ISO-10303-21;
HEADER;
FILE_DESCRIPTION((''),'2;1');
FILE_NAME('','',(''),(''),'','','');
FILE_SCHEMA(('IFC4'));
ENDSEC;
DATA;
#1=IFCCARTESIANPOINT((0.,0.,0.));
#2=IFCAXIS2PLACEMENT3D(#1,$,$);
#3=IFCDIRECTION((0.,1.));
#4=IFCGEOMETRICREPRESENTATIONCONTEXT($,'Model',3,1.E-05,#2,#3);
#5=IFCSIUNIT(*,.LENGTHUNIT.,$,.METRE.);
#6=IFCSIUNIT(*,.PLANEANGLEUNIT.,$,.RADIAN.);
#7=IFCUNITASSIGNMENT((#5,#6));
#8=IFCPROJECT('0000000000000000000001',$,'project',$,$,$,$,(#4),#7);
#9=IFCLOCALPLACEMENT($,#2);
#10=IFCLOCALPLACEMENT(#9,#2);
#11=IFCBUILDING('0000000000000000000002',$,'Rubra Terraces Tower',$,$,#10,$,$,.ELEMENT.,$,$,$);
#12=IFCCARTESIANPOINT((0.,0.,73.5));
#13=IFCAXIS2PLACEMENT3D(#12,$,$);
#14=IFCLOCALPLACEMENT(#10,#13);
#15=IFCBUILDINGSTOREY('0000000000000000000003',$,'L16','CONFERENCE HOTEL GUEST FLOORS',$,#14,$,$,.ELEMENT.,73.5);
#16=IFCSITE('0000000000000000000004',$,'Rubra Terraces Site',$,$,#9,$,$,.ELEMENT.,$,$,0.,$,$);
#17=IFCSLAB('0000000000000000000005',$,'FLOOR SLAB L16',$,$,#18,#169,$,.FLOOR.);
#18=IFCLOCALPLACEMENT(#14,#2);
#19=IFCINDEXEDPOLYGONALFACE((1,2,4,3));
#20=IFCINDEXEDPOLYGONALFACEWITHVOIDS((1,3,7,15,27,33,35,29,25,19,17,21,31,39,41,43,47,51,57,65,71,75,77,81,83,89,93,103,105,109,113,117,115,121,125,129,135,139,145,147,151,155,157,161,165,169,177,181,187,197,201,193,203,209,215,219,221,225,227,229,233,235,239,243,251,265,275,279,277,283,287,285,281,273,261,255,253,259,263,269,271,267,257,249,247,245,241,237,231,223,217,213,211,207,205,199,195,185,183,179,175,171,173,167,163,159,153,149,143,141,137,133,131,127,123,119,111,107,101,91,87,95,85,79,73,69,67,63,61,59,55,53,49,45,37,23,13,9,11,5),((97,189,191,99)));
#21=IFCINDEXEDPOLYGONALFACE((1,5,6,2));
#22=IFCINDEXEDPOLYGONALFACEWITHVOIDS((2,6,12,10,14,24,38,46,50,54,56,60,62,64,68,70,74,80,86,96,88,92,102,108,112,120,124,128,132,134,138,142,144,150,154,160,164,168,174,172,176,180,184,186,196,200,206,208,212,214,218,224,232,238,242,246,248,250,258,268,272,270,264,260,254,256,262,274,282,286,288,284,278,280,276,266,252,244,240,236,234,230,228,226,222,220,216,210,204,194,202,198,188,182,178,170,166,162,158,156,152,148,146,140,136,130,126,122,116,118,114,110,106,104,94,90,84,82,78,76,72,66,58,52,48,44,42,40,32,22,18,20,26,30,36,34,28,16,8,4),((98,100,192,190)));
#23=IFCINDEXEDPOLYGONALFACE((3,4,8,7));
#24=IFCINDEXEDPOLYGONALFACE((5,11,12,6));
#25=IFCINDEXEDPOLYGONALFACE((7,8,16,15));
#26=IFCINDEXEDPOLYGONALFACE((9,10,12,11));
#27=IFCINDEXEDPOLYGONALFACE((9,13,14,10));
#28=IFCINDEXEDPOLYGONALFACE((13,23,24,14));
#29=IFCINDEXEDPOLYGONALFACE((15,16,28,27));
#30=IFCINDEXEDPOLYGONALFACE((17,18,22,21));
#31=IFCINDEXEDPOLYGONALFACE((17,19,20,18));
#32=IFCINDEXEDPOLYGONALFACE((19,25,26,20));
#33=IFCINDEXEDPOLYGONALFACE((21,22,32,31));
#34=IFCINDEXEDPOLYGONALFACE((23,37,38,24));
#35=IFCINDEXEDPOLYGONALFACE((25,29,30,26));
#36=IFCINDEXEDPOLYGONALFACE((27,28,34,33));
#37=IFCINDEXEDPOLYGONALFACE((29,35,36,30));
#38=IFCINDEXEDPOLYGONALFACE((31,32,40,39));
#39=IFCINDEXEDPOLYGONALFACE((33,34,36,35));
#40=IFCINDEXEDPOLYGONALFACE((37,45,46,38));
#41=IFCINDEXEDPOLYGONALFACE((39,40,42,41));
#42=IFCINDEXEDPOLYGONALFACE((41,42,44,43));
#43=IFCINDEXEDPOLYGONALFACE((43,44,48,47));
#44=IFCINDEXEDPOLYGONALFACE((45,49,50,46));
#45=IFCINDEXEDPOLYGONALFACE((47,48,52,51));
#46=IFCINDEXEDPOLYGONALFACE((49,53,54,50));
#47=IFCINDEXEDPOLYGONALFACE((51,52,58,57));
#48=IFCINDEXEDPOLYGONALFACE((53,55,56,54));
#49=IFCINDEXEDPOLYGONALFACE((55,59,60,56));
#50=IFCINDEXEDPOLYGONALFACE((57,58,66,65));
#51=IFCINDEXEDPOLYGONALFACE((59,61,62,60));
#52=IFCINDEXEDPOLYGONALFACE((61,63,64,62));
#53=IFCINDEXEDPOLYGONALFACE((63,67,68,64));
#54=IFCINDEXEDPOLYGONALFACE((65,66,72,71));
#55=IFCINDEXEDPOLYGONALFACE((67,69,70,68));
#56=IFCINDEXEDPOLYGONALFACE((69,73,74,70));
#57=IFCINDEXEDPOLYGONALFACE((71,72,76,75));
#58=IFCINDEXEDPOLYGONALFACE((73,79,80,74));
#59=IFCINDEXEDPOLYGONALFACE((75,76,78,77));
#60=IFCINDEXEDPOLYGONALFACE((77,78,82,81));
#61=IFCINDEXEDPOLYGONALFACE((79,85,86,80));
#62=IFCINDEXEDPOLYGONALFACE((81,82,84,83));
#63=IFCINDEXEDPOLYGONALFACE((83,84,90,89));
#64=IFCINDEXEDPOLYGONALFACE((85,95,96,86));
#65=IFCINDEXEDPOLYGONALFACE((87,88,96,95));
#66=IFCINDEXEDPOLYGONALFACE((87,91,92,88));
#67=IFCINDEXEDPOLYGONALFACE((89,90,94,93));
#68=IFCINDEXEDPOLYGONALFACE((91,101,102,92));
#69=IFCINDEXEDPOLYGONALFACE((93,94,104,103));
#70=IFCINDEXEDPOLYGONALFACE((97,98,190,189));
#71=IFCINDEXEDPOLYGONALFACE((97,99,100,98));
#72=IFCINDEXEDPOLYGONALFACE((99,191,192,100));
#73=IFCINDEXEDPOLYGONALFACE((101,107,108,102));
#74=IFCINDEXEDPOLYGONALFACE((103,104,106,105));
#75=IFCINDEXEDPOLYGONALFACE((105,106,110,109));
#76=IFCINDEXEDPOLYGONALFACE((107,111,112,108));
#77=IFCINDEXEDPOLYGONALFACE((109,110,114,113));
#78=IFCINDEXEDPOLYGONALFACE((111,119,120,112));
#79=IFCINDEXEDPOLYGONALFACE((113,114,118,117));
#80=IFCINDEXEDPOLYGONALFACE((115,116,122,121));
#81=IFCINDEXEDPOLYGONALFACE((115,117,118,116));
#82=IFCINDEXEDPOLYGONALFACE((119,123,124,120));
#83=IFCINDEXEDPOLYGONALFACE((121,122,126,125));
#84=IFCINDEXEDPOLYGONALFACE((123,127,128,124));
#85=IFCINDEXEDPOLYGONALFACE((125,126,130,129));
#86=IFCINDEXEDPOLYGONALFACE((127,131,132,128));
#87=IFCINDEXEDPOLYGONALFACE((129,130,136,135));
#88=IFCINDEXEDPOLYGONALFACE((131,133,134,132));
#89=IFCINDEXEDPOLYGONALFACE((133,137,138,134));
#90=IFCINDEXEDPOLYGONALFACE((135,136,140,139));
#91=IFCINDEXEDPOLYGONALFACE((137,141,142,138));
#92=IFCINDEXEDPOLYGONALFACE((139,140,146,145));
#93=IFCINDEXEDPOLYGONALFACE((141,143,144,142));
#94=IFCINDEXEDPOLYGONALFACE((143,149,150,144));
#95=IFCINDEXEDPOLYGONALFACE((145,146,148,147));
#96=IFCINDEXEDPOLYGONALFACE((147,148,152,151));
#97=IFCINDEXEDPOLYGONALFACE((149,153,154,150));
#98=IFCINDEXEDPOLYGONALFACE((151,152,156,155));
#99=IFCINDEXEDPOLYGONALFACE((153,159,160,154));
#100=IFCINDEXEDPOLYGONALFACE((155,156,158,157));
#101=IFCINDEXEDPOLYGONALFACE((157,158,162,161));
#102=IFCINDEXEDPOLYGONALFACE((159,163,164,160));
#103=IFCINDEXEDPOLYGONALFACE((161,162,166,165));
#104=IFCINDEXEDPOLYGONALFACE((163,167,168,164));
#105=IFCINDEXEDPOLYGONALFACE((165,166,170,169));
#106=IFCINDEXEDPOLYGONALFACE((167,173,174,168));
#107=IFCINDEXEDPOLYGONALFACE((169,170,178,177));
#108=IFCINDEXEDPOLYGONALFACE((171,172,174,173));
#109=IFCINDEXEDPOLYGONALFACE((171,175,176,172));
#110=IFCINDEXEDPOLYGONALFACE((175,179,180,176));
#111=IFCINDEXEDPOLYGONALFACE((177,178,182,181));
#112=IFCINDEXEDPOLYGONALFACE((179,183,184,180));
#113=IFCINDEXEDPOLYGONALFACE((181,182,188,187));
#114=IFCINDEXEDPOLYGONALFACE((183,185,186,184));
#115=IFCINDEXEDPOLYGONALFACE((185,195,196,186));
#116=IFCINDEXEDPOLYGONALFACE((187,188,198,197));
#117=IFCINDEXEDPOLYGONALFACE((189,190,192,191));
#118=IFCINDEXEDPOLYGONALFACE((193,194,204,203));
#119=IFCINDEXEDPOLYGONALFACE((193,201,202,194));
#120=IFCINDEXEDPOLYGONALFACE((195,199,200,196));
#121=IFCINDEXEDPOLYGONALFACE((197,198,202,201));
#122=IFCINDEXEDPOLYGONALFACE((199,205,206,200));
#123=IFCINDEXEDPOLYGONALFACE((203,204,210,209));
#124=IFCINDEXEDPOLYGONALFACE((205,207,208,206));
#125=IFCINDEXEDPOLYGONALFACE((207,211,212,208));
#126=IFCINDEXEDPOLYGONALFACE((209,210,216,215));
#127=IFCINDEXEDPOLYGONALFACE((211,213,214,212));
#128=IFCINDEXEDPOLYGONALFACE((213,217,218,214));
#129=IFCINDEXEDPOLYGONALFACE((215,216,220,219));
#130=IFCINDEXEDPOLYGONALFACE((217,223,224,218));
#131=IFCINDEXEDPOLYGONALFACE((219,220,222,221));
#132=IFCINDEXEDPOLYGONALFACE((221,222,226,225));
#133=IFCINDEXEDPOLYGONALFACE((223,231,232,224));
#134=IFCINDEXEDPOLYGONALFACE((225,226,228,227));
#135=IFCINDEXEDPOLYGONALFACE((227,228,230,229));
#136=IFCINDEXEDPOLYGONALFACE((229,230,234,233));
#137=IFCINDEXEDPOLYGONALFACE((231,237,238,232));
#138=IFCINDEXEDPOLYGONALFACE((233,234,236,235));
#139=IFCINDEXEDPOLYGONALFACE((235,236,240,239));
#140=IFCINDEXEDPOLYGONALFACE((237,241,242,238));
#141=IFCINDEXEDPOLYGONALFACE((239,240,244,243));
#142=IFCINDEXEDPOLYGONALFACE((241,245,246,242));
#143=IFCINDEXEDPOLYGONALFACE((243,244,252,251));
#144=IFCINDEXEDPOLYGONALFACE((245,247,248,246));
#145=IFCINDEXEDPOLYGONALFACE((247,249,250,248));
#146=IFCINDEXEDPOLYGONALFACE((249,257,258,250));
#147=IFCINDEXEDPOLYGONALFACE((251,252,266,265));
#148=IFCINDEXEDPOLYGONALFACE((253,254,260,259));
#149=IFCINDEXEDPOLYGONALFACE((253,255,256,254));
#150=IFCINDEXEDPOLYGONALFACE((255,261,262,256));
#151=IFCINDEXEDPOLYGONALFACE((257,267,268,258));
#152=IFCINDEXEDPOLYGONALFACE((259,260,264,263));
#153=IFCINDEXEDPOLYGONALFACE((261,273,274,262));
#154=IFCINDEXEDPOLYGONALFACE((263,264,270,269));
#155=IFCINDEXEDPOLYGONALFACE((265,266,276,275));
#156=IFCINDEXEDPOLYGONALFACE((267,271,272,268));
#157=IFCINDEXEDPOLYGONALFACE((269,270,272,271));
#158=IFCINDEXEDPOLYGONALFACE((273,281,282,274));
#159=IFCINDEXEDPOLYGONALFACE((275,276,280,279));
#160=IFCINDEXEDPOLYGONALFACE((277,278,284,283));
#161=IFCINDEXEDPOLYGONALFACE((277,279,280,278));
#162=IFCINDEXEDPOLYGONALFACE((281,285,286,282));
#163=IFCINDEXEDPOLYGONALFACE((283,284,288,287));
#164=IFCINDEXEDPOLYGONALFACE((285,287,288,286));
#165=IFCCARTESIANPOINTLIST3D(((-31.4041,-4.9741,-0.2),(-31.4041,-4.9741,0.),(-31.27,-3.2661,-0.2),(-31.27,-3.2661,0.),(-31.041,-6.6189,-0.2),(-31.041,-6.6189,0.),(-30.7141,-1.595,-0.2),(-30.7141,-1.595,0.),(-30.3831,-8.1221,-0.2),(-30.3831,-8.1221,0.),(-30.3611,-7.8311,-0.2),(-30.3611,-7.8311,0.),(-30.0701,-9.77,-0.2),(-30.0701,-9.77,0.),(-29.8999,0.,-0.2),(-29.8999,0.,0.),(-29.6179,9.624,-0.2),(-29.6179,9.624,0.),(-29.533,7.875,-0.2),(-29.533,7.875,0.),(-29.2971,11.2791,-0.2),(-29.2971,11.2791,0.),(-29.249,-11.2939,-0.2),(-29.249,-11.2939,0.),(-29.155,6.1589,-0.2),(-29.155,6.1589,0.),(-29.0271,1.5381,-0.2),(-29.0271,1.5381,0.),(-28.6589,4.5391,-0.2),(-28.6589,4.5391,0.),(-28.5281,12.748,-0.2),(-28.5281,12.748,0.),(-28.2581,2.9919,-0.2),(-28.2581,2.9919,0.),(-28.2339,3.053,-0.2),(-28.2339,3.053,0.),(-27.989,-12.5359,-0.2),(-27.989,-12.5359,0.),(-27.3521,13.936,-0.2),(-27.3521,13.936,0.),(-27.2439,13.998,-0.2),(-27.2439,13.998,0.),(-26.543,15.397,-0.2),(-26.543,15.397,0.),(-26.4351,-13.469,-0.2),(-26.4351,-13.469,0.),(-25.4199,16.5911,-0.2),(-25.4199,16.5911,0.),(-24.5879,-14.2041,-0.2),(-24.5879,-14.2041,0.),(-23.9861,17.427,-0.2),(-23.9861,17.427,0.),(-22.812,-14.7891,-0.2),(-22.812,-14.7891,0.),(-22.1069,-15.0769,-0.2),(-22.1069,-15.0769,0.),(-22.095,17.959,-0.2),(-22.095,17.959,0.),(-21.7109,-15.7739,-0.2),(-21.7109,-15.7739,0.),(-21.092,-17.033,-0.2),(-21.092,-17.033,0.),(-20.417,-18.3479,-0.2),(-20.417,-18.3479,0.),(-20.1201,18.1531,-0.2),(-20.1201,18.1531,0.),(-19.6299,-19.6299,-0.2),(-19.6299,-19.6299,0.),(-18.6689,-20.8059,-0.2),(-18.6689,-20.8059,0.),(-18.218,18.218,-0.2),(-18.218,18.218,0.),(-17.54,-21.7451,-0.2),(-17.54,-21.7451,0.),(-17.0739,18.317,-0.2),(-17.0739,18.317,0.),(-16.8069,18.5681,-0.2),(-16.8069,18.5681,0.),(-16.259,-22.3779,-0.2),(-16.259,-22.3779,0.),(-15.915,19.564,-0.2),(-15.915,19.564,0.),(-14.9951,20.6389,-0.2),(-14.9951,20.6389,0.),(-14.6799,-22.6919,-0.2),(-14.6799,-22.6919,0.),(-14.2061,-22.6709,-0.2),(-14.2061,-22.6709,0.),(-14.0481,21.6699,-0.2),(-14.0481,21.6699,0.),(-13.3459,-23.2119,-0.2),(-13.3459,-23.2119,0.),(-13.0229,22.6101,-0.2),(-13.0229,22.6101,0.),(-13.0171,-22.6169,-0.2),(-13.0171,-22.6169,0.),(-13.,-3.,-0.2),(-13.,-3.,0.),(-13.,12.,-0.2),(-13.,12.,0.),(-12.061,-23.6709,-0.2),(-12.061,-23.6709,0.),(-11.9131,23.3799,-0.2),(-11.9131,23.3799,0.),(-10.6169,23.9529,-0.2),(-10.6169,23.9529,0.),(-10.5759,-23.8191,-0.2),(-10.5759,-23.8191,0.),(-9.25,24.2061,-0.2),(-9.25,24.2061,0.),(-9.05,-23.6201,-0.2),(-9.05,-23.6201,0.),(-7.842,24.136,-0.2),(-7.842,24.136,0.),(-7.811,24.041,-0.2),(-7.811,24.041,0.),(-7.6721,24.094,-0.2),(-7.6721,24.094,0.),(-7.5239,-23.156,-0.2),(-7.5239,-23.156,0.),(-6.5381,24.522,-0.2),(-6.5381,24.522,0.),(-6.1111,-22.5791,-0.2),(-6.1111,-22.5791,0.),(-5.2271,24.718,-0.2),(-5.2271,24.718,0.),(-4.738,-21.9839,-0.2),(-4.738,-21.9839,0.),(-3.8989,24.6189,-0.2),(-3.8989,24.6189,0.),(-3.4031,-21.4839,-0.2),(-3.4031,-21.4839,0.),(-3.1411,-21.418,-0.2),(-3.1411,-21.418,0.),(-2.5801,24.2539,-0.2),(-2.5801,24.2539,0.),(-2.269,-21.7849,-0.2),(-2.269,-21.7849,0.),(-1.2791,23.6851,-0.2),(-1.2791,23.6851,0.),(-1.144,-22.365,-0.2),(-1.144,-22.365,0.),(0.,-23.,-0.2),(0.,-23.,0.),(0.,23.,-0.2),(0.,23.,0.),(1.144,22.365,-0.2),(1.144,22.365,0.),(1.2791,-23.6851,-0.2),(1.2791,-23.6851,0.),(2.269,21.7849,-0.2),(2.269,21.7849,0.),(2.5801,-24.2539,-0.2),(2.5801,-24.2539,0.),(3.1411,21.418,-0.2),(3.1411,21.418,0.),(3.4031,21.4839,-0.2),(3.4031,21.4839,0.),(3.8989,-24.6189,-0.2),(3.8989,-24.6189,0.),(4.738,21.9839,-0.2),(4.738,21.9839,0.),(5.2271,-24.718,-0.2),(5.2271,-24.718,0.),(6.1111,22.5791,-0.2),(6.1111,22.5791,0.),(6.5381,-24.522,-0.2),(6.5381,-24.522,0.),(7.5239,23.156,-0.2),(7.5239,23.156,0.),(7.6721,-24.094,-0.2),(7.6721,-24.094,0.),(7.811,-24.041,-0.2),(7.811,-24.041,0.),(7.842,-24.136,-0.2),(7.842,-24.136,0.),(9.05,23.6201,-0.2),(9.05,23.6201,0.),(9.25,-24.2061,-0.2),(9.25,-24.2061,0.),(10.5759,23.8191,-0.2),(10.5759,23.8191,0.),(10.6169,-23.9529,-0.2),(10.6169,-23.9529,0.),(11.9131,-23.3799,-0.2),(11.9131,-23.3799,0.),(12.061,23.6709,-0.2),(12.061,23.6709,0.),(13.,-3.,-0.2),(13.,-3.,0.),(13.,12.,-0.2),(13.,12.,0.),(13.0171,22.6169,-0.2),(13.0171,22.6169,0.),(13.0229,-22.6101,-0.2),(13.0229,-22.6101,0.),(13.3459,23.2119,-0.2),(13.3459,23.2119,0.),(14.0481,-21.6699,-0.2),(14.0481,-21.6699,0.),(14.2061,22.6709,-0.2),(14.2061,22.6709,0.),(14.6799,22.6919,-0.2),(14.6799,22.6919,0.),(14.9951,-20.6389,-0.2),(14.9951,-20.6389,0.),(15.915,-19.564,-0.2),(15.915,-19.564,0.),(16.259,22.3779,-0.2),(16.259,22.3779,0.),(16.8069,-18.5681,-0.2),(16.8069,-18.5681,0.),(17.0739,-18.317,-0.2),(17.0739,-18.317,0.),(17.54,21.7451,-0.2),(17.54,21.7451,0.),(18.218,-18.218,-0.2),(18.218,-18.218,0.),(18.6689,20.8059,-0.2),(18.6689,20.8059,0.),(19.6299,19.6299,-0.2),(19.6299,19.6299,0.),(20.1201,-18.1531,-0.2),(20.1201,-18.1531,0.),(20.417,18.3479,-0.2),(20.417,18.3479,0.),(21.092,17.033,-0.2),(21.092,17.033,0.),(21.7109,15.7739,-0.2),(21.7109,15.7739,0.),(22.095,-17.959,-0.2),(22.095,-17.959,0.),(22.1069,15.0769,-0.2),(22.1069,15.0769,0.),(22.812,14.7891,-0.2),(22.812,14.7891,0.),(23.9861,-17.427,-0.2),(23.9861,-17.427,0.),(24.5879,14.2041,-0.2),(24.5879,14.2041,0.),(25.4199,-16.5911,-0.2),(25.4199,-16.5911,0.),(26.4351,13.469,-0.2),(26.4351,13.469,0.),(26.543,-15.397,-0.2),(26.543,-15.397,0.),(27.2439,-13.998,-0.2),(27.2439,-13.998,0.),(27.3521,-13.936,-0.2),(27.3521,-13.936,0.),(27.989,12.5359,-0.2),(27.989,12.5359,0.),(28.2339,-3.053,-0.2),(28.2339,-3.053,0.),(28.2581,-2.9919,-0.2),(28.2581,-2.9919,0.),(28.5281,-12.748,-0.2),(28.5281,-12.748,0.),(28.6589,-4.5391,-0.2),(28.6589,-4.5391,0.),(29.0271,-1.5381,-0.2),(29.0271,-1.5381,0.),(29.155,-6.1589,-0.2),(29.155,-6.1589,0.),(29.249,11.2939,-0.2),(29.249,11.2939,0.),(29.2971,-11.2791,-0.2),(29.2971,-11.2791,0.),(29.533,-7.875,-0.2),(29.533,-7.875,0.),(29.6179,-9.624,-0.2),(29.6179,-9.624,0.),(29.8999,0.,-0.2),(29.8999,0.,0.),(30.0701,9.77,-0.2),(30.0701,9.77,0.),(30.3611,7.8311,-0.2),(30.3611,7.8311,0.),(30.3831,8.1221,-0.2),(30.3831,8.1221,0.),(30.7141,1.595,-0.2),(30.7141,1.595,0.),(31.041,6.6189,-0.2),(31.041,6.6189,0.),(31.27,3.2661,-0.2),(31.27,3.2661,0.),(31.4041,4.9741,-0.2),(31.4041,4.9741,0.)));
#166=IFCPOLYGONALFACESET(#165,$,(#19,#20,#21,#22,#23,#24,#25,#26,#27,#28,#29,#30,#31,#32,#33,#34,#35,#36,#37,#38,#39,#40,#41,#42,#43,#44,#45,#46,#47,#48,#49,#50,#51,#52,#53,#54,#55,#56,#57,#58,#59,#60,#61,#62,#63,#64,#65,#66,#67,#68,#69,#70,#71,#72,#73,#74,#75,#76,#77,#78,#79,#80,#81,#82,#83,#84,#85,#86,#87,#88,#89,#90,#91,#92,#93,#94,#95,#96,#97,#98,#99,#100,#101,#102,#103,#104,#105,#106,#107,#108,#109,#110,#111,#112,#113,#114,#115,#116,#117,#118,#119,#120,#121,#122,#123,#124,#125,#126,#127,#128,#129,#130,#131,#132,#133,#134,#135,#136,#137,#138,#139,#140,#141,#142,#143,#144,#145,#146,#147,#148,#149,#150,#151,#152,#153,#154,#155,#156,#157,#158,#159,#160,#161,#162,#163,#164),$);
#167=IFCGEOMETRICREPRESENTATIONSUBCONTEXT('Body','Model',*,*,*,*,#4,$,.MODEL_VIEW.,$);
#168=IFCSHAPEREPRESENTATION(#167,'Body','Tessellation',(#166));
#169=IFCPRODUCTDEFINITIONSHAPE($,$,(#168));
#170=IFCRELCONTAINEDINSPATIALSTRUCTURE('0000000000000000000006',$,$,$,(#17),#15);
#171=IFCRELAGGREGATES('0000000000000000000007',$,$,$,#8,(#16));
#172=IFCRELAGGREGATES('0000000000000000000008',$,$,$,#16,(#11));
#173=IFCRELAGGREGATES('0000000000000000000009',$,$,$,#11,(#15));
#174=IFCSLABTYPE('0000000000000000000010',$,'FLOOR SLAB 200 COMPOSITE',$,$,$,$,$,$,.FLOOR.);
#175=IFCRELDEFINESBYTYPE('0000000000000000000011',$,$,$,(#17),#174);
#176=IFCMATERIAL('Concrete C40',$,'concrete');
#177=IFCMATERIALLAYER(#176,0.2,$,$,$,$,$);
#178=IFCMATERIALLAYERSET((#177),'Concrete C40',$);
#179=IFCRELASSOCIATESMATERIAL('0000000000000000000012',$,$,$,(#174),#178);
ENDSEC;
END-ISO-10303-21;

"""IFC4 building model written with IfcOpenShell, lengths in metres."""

from ifc_helpers import new_model, si_unit, direction, frame, origin, place, context, subcontext, project, spatial, polyline, outline, extrude, material, layer, layer_set, type_object, element, save


model = new_model("IFC4")

# Units and contexts
model_context = context("Model", 3, precision=1e-05, world=origin(), true_north=direction((0.0, 1.0)))
body_context = subcontext(model_context, "Body", "Model", "MODEL_VIEW")
ifc_project = project(units=[si_unit("LENGTHUNIT", "METRE"), si_unit("PLANEANGLEUNIT", "RADIAN")], contexts=[model_context])

# Site, building, storey
site_placement = place(None, origin())
site = spatial("IfcSite", under=ifc_project, at=site_placement, Name="Rubra Terraces Site", CompositionType="ELEMENT", RefElevation=0.0)
building_placement = place(site_placement, origin())
building = spatial("IfcBuilding", under=site, at=building_placement, Name="Rubra Terraces Tower", CompositionType="ELEMENT")
storey_placement = place(building_placement, frame((0.0, 0.0, 73.5)))
storey = spatial("IfcBuildingStorey", under=building, at=storey_placement, Name="L16", Description="CONFERENCE HOTEL GUEST FLOORS", CompositionType="ELEMENT", Elevation=73.5)

# Shared definitions
ifc_material_1 = material(Name="Concrete C40", Category="concrete")

# Slab
ifc_layer_1 = layer(ifc_material_1, 0.2)
ifc_layer_set_1 = layer_set([ifc_layer_1], Name="Concrete C40")
slab_type_1 = type_object("IfcSlabType", Name="FLOOR SLAB 200 COMPOSITE", PredefinedType="FLOOR", material=ifc_layer_set_1)
slab_1_placement = place(storey_placement, frame((0.0, 0.0, -0.2)))
element("IfcSlab", 1, at=slab_1_placement, inside=storey, type_object=slab_type_1, Name="FLOOR SLAB L16", PredefinedType="FLOOR", context=body_context, shape_type="SweptSolid", body=[
    extrude(outline(polyline([(-3.4031, -21.4839), (-3.1411, -21.418), (-2.269, -21.7849), (-1.144, -22.365), (0.0, -23.0), (1.2791, -23.6851), (2.5801, -24.2539), (3.8989, -24.6189), (5.2271, -24.718), (6.5381, -24.522), (7.811, -24.041), (7.6721, -24.094), (7.842, -24.136), (9.25, -24.2061), (10.6169, -23.9529), (11.9131, -23.3799), (13.0229, -22.6101), (14.0481, -21.6699), (14.9951, -20.6389), (15.915, -19.564), (16.8069, -18.5681), (17.074, -18.3169), (16.6909, -18.3501), (18.218, -18.218), (20.1201, -18.1531), (22.095, -17.959), (23.9861, -17.427), (25.4199, -16.5911), (26.543, -15.397), (27.2439, -13.998), (27.3521, -13.936), (28.5281, -12.748), (29.2971, -11.2791), (29.6179, -9.624), (29.533, -7.875), (29.155, -6.1589), (28.6589, -4.5391), (28.2339, -3.053), (28.2581, -2.9919), (29.0271, -1.5381), (29.8999, 0.0), (30.7141, 1.595), (31.27, 3.2661), (31.4041, 4.9741), (31.041, 6.6189), (30.3611, 7.8311), (30.3831, 8.1221), (30.0701, 9.77), (29.249, 11.2939), (27.989, 12.5359), (26.4351, 13.469), (24.5879, 14.2041), (22.812, 14.7891), (22.1069, 15.0769), (21.7109, 15.7739), (21.092, 17.033), (20.417, 18.3479), (19.6299, 19.6299), (18.6689, 20.8059), (17.54, 21.7451), (16.259, 22.3779), (14.6799, 22.6919), (13.0171, 22.6169), (14.2061, 22.6709), (13.3459, 23.2119), (12.061, 23.6709), (10.5759, 23.8191), (9.05, 23.6201), (7.5239, 23.156), (6.1111, 22.5791), (4.738, 21.9839), (3.4031, 21.4839), (3.1411, 21.418), (2.269, 21.7849), (1.144, 22.365), (0.0, 23.0), (-1.2791, 23.6851), (-2.5801, 24.2539), (-3.8989, 24.6189), (-5.2271, 24.718), (-6.5381, 24.522), (-7.811, 24.041), (-7.6721, 24.094), (-7.842, 24.136), (-9.25, 24.2061), (-10.6169, 23.9529), (-11.9131, 23.3799), (-13.0229, 22.6101), (-14.0481, 21.6699), (-14.9951, 20.6389), (-15.915, 19.564), (-16.8069, 18.5681), (-17.074, 18.3169), (-16.6909, 18.3501), (-18.218, 18.218), (-20.1201, 18.1531), (-22.095, 17.959), (-23.9861, 17.427), (-25.4199, 16.5911), (-26.543, 15.397), (-27.2439, 13.998), (-27.3521, 13.936), (-28.5281, 12.748), (-29.2971, 11.2791), (-29.6179, 9.624), (-29.533, 7.875), (-29.155, 6.1589), (-28.6589, 4.5391), (-28.2339, 3.053), (-28.2581, 2.9919), (-29.0271, 1.5381), (-29.8999, 0.0), (-30.7141, -1.595), (-31.27, -3.2661), (-31.4041, -4.9741), (-31.041, -6.6189), (-30.3611, -7.8311), (-30.3831, -8.1221), (-30.0701, -9.77), (-29.249, -11.2939), (-27.989, -12.5359), (-26.4351, -13.469), (-24.5879, -14.2041), (-22.812, -14.7891), (-22.1069, -15.0769), (-21.7109, -15.7739), (-21.092, -17.033), (-20.417, -18.3479), (-19.6299, -19.6299), (-18.6689, -20.8059), (-17.54, -21.7451), (-16.259, -22.3779), (-14.6799, -22.6919), (-13.0171, -22.6169), (-14.2061, -22.6709), (-13.3459, -23.2119), (-12.061, -23.6709), (-10.5759, -23.8191), (-9.05, -23.6201), (-7.5239, -23.156), (-6.1111, -22.5791), (-4.738, -21.9839), (-3.4031, -21.4839)]), holes=[polyline([(13.0, 12.0), (13.0, -3.0), (-13.0, -3.0), (-13.0, 12.0), (13.0, 12.0)])]), origin(), (0.0, 0.0, 1.0), 0.2),
])

save(model, "model.ifc")
